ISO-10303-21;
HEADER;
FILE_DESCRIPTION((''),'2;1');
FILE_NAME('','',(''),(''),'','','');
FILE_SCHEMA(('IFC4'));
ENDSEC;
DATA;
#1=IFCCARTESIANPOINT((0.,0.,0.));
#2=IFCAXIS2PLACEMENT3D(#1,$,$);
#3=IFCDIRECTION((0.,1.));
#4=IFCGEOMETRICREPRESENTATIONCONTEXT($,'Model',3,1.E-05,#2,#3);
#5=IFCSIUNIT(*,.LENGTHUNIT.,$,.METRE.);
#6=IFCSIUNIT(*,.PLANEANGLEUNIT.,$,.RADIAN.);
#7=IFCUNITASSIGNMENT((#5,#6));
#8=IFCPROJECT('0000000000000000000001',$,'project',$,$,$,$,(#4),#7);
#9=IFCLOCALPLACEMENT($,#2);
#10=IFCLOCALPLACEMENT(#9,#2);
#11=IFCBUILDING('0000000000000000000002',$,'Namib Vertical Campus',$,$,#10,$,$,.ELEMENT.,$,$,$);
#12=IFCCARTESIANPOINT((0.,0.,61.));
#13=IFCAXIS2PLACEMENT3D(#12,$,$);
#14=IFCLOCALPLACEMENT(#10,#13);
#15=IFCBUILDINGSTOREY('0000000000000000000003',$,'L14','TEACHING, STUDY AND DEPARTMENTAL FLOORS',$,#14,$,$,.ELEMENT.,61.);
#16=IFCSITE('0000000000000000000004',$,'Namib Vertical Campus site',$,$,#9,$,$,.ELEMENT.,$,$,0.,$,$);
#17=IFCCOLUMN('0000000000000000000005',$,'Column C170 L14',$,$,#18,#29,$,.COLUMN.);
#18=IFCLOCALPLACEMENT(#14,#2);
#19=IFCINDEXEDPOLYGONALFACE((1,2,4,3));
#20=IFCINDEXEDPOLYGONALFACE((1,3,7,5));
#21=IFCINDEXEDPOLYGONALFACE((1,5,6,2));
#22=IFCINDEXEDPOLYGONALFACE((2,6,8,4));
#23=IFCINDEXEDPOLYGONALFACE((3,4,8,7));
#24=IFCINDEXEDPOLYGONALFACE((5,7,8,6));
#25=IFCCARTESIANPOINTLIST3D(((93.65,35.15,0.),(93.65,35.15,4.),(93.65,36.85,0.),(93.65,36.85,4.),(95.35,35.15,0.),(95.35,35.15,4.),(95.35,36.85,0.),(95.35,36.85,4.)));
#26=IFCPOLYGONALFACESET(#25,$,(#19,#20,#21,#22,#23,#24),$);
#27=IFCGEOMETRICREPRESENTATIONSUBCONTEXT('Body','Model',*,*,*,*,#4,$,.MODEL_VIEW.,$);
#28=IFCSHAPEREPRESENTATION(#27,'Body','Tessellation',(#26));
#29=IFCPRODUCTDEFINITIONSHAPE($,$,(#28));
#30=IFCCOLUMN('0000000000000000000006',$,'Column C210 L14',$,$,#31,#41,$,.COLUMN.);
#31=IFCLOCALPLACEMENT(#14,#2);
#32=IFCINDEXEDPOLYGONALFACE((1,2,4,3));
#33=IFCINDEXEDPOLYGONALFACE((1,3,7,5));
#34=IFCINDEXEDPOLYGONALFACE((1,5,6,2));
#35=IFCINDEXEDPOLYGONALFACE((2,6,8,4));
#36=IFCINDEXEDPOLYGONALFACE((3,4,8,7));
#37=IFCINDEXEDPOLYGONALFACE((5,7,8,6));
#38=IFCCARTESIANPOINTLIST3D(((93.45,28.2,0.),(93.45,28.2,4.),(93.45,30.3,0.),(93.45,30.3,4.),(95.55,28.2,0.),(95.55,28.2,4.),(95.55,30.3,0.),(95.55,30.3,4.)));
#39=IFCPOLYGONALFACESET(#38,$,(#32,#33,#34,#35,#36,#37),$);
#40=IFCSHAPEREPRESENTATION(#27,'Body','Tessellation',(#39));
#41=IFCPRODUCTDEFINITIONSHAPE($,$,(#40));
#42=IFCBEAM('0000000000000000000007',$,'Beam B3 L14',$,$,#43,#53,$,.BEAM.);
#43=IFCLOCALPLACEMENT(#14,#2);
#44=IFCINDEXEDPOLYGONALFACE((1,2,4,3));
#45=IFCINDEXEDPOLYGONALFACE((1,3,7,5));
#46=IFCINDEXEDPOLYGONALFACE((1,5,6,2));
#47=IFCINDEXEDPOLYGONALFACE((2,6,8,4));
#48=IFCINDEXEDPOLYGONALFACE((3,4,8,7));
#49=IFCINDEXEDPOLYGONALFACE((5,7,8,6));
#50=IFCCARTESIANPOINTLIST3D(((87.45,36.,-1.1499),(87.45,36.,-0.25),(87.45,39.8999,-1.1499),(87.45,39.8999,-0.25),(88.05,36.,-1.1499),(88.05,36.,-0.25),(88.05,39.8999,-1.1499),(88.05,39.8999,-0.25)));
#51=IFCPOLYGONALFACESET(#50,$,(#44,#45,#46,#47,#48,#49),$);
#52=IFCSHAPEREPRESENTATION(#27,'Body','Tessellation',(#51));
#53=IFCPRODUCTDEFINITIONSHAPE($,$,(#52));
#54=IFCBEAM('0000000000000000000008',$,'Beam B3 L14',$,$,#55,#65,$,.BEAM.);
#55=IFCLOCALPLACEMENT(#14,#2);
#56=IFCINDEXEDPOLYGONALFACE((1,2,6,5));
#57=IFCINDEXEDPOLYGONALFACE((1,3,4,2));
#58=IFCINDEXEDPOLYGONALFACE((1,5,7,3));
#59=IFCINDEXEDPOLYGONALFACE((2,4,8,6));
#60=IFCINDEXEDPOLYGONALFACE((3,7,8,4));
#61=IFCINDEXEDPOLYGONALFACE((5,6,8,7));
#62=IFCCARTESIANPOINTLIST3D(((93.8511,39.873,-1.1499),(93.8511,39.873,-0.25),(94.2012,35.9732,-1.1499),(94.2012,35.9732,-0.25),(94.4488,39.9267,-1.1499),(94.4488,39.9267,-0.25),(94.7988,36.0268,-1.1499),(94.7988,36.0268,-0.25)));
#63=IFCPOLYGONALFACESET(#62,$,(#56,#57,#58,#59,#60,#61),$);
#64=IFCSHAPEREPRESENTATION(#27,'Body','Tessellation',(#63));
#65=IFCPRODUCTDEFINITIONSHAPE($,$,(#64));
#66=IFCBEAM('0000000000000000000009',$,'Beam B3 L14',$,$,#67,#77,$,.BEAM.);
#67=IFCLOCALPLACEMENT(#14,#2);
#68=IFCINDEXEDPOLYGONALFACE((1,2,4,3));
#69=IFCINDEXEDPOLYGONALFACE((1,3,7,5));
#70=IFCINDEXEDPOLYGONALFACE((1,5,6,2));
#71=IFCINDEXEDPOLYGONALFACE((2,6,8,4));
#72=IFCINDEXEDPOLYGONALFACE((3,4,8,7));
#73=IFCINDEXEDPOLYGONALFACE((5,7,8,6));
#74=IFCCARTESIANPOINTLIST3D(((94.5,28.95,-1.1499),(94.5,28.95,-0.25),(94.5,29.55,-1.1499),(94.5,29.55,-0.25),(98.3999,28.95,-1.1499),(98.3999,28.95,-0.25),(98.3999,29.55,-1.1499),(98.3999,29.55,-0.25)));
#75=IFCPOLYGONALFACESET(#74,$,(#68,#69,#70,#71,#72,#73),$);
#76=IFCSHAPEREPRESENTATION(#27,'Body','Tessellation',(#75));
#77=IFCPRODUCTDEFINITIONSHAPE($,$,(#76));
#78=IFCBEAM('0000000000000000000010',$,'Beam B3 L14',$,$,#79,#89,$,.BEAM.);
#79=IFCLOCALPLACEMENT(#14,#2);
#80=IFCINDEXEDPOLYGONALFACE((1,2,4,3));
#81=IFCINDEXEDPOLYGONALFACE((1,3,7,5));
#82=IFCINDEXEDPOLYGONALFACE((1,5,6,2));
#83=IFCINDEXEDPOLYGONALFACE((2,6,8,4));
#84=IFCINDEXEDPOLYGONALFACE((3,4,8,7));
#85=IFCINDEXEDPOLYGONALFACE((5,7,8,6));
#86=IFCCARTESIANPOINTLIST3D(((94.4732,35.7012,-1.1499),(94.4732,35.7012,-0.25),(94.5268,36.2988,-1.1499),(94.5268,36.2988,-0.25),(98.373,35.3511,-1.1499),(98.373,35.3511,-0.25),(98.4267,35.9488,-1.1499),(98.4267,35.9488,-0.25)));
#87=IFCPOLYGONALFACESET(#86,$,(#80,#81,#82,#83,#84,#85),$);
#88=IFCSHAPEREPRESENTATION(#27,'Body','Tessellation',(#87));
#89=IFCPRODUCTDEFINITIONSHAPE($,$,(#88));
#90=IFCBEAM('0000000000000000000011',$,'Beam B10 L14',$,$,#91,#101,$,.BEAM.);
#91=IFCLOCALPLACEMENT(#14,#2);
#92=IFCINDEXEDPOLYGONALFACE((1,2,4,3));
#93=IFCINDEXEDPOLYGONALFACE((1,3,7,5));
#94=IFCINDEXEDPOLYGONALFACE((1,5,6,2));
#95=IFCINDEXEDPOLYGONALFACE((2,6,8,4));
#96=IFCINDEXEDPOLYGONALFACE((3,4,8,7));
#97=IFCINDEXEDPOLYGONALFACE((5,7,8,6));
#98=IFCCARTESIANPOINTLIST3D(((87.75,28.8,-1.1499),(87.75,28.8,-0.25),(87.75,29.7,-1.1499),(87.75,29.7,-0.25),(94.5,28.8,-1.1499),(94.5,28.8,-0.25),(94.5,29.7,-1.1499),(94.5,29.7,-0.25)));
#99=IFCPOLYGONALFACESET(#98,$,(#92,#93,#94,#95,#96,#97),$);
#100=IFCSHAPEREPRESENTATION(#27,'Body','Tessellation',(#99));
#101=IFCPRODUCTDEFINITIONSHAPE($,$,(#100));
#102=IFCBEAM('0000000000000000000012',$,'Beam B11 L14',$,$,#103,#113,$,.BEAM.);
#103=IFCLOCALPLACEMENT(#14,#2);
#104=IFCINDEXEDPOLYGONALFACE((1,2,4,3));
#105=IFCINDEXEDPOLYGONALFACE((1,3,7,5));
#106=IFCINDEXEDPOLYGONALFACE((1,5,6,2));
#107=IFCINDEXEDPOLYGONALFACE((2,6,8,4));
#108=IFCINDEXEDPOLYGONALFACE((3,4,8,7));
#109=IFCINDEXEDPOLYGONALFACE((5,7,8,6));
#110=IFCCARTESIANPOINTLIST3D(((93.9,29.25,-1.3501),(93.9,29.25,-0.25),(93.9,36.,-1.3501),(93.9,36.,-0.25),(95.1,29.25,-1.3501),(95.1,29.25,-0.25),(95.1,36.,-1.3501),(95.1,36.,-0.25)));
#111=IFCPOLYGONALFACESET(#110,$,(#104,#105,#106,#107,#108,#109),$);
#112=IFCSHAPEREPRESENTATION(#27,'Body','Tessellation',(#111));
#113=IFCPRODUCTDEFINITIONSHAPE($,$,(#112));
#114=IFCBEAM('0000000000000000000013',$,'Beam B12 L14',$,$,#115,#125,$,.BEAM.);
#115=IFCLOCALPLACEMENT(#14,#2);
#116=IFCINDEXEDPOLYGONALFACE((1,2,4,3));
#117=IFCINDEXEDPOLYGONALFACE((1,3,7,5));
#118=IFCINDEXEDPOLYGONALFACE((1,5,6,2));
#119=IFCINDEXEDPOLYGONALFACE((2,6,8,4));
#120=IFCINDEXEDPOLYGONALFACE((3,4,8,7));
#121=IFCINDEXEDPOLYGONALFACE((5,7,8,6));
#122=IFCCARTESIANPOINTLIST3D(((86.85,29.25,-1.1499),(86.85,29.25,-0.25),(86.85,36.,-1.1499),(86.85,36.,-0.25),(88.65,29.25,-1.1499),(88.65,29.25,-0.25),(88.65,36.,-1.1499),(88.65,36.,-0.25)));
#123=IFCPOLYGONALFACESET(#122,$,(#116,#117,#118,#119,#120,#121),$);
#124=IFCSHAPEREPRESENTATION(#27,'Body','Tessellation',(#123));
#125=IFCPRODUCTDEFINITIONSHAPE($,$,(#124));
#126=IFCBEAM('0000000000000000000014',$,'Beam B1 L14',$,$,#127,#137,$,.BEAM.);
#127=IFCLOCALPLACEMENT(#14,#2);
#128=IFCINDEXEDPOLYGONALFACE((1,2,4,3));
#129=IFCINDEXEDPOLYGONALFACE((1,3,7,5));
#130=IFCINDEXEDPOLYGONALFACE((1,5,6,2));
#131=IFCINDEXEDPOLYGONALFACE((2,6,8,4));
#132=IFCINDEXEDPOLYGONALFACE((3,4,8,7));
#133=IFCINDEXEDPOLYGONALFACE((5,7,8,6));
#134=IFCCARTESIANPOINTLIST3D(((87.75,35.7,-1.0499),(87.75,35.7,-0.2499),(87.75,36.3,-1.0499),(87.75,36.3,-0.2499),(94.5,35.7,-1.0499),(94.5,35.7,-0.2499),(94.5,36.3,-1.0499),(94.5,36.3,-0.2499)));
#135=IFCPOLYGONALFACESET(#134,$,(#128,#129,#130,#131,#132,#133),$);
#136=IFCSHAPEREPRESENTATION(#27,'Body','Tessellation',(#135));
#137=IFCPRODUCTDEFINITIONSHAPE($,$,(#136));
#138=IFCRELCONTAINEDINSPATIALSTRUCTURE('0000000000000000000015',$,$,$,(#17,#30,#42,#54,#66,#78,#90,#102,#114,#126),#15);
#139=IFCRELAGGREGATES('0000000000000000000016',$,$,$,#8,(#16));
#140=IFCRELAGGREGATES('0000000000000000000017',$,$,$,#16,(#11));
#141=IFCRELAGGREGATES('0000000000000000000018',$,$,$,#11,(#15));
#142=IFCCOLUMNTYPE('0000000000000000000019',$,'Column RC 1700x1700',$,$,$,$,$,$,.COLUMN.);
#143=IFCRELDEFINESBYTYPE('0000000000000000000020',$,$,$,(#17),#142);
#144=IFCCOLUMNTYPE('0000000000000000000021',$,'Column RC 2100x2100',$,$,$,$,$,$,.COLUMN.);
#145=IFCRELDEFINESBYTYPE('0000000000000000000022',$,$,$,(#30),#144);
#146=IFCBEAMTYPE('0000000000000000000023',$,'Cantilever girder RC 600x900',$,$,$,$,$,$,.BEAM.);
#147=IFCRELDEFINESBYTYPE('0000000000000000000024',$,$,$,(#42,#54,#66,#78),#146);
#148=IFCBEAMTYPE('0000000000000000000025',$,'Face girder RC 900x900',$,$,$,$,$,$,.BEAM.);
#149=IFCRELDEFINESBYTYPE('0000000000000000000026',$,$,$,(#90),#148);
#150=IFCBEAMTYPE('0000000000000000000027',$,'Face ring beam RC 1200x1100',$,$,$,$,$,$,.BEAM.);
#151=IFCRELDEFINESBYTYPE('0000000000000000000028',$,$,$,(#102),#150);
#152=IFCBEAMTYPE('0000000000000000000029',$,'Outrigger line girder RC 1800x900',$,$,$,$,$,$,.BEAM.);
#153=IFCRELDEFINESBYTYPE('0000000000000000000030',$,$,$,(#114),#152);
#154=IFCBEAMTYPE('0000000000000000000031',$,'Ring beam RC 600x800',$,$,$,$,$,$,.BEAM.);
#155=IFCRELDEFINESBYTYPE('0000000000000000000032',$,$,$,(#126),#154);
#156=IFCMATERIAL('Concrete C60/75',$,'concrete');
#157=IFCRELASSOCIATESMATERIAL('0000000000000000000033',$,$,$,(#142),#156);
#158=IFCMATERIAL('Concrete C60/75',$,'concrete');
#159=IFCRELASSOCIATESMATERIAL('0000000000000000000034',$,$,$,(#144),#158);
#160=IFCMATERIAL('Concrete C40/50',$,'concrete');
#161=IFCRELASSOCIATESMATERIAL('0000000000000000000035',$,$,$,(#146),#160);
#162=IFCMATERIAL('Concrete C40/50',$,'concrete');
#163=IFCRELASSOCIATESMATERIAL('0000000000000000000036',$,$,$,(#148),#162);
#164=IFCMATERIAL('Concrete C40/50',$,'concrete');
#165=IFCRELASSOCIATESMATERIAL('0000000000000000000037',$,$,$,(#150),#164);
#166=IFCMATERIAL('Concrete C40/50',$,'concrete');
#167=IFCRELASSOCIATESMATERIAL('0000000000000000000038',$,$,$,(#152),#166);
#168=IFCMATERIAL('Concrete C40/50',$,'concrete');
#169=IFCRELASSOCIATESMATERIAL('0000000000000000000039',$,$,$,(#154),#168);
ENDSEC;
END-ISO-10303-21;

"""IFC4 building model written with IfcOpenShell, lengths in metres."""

from ifc_helpers import new_model, si_unit, direction, frame, origin, origin_2d, place, context, subcontext, project, spatial, rectangle, extrude, material, material_profile, profile_set, type_object, element, save


model = new_model("IFC4")

# Units and contexts
model_context = context("Model", 3, precision=1e-05, world=origin(), true_north=direction((0.0, 1.0)))
body_context = subcontext(model_context, "Body", "Model", "MODEL_VIEW")
ifc_project = project(units=[si_unit("LENGTHUNIT", "METRE"), si_unit("PLANEANGLEUNIT", "RADIAN")], contexts=[model_context])

# Site, building, storey
site_placement = place(None, origin())
site = spatial("IfcSite", under=ifc_project, at=site_placement, Name="Namib Vertical Campus site", CompositionType="ELEMENT", RefElevation=0.0)
building_placement = place(site_placement, origin())
building = spatial("IfcBuilding", under=site, at=building_placement, Name="Namib Vertical Campus", CompositionType="ELEMENT")
storey_placement = place(building_placement, frame((0.0, 0.0, 61.0)))
storey = spatial("IfcBuildingStorey", under=building, at=storey_placement, Name="L14", Description="TEACHING, STUDY AND DEPARTMENTAL FLOORS", CompositionType="ELEMENT", Elevation=61.0)

# Columns
ifc_material_1 = material(Name="Concrete C60/75", Category="concrete")
ifc_material_profile_1 = material_profile(ifc_material_1, rectangle(XDim=1.7, YDim=1.7, at=origin_2d()))
ifc_profile_set_1 = profile_set([ifc_material_profile_1], Name="Concrete C60/75")
column_type_1 = type_object("IfcColumnType", Name="Column RC 1700x1700", PredefinedType="COLUMN", material=ifc_profile_set_1)
column_1_placement = place(storey_placement, frame((94.5, 36.0, 0.0), z_axis=(0.0, 0.0, 1.0), x_axis=(1.0, 0.0, 0.0)))
element("IfcColumn", 1, at=column_1_placement, inside=storey, type_object=column_type_1, Name="Column C170 L14", PredefinedType="COLUMN", context=body_context, shape_type="SweptSolid", body=[
    extrude(rectangle(XDim=1.7, YDim=1.7, at=origin_2d()), origin(), (0.0, 0.0, 1.0), 4.0),
])
ifc_material_2 = material(Name="Concrete C60/75", Category="concrete")
ifc_material_profile_2 = material_profile(ifc_material_2, rectangle(XDim=2.1001, YDim=2.1001, at=origin_2d()))
ifc_profile_set_2 = profile_set([ifc_material_profile_2], Name="Concrete C60/75")
column_type_2 = type_object("IfcColumnType", Name="Column RC 2100x2100", PredefinedType="COLUMN", material=ifc_profile_set_2)
column_2_placement = place(storey_placement, frame((94.5, 29.25, 0.0), z_axis=(0.0, 0.0, 1.0), x_axis=(1.0, 0.0, 0.0)))
element("IfcColumn", 2, at=column_2_placement, inside=storey, type_object=column_type_2, Name="Column C210 L14", PredefinedType="COLUMN", context=body_context, shape_type="SweptSolid", body=[
    extrude(rectangle(XDim=2.1001, YDim=2.1001, at=origin_2d()), origin(), (0.0, 0.0, 1.0), 4.0),
])

# Beams
ifc_material_3 = material(Name="Concrete C40/50", Category="concrete")
ifc_material_profile_3 = material_profile(ifc_material_3, rectangle(XDim=0.6001, YDim=0.8999, at=origin_2d()))
ifc_profile_set_3 = profile_set([ifc_material_profile_3], Name="Concrete C40/50")
beam_type_1 = type_object("IfcBeamType", Name="Cantilever girder RC 600x900", PredefinedType="BEAM", material=ifc_profile_set_3)
beam_1_placement = place(storey_placement, frame((87.75, 36.0, -0.7), z_axis=(0.0, 1.0, 0.0), x_axis=(-1.0, 0.0, 0.0)))
element("IfcBeam", 3, at=beam_1_placement, inside=storey, type_object=beam_type_1, Name="Beam B3 L14", PredefinedType="BEAM", context=body_context, shape_type="SweptSolid", body=[
    extrude(rectangle(XDim=0.6001, YDim=0.8999, at=origin_2d()), origin(), (0.0, 0.0, 1.0), 3.8999),
])
beam_2_placement = place(storey_placement, frame((94.5, 36.0, -0.7), z_axis=(-0.089411, 0.995995, 0.0), x_axis=(-0.995995, -0.089411, 0.0)))
element("IfcBeam", 4, at=beam_2_placement, inside=storey, type_object=beam_type_1, Name="Beam B3 L14", PredefinedType="BEAM", context=body_context, shape_type="SweptSolid", body=[
    extrude(rectangle(XDim=0.6001, YDim=0.8999, at=origin_2d()), origin(), (0.0, 0.0, 1.0), 3.9155),
])
beam_3_placement = place(storey_placement, frame((94.5, 29.25, -0.7), z_axis=(1.0, 0.0, 0.0), x_axis=(0.0, 1.0, 0.0)))
element("IfcBeam", 5, at=beam_3_placement, inside=storey, type_object=beam_type_1, Name="Beam B3 L14", PredefinedType="BEAM", context=body_context, shape_type="SweptSolid", body=[
    extrude(rectangle(XDim=0.6001, YDim=0.8999, at=origin_2d()), origin(), (0.0, 0.0, 1.0), 3.8999),
])
beam_4_placement = place(storey_placement, frame((94.5, 36.0, -0.7), z_axis=(0.995995, -0.089411, 0.0), x_axis=(0.089411, 0.995995, 0.0)))
element("IfcBeam", 6, at=beam_4_placement, inside=storey, type_object=beam_type_1, Name="Beam B3 L14", PredefinedType="BEAM", context=body_context, shape_type="SweptSolid", body=[
    extrude(rectangle(XDim=0.6001, YDim=0.8999, at=origin_2d()), origin(), (0.0, 0.0, 1.0), 3.9155),
])
ifc_material_4 = material(Name="Concrete C40/50", Category="concrete")
ifc_material_profile_4 = material_profile(ifc_material_4, rectangle(XDim=0.8999, YDim=0.8999, at=origin_2d()))
ifc_profile_set_4 = profile_set([ifc_material_profile_4], Name="Concrete C40/50")
beam_type_2 = type_object("IfcBeamType", Name="Face girder RC 900x900", PredefinedType="BEAM", material=ifc_profile_set_4)
beam_5_placement = place(storey_placement, frame((94.5, 29.25, -0.7), z_axis=(-1.0, 0.0, 0.0), x_axis=(0.0, -1.0, 0.0)))
element("IfcBeam", 7, at=beam_5_placement, inside=storey, type_object=beam_type_2, Name="Beam B10 L14", PredefinedType="BEAM", context=body_context, shape_type="SweptSolid", body=[
    extrude(rectangle(XDim=0.8999, YDim=0.8999, at=origin_2d()), origin(), (0.0, 0.0, 1.0), 6.75),
])
ifc_material_5 = material(Name="Concrete C40/50", Category="concrete")
ifc_material_profile_5 = material_profile(ifc_material_5, rectangle(XDim=1.2, YDim=1.1001, at=origin_2d()))
ifc_profile_set_5 = profile_set([ifc_material_profile_5], Name="Concrete C40/50")
beam_type_3 = type_object("IfcBeamType", Name="Face ring beam RC 1200x1100", PredefinedType="BEAM", material=ifc_profile_set_5)
beam_6_placement = place(storey_placement, frame((94.5, 29.25, -0.8), z_axis=(0.0, 1.0, 0.0), x_axis=(-1.0, 0.0, 0.0)))
element("IfcBeam", 8, at=beam_6_placement, inside=storey, type_object=beam_type_3, Name="Beam B11 L14", PredefinedType="BEAM", context=body_context, shape_type="SweptSolid", body=[
    extrude(rectangle(XDim=1.2, YDim=1.1001, at=origin_2d()), origin(), (0.0, 0.0, 1.0), 6.75),
])
ifc_material_6 = material(Name="Concrete C40/50", Category="concrete")
ifc_material_profile_6 = material_profile(ifc_material_6, rectangle(XDim=1.8, YDim=0.8999, at=origin_2d()))
ifc_profile_set_6 = profile_set([ifc_material_profile_6], Name="Concrete C40/50")
beam_type_4 = type_object("IfcBeamType", Name="Outrigger line girder RC 1800x900", PredefinedType="BEAM", material=ifc_profile_set_6)
beam_7_placement = place(storey_placement, frame((87.75, 36.0, -0.7), z_axis=(0.0, -1.0, 0.0), x_axis=(1.0, 0.0, 0.0)))
element("IfcBeam", 9, at=beam_7_placement, inside=storey, type_object=beam_type_4, Name="Beam B12 L14", PredefinedType="BEAM", context=body_context, shape_type="SweptSolid", body=[
    extrude(rectangle(XDim=1.8, YDim=0.8999, at=origin_2d()), origin(), (0.0, 0.0, 1.0), 6.75),
])
ifc_material_7 = material(Name="Concrete C40/50", Category="concrete")
ifc_material_profile_7 = material_profile(ifc_material_7, rectangle(XDim=0.6001, YDim=0.8, at=origin_2d()))
ifc_profile_set_7 = profile_set([ifc_material_profile_7], Name="Concrete C40/50")
beam_type_5 = type_object("IfcBeamType", Name="Ring beam RC 600x800", PredefinedType="BEAM", material=ifc_profile_set_7)
beam_8_placement = place(storey_placement, frame((87.75, 36.0, -0.6499), z_axis=(1.0, 0.0, 0.0), x_axis=(0.0, 1.0, 0.0)))
element("IfcBeam", 10, at=beam_8_placement, inside=storey, type_object=beam_type_5, Name="Beam B1 L14", PredefinedType="BEAM", context=body_context, shape_type="SweptSolid", body=[
    extrude(rectangle(XDim=0.6001, YDim=0.8, at=origin_2d()), origin(), (0.0, 0.0, 1.0), 6.75),
])

save(model, "model.ifc")
